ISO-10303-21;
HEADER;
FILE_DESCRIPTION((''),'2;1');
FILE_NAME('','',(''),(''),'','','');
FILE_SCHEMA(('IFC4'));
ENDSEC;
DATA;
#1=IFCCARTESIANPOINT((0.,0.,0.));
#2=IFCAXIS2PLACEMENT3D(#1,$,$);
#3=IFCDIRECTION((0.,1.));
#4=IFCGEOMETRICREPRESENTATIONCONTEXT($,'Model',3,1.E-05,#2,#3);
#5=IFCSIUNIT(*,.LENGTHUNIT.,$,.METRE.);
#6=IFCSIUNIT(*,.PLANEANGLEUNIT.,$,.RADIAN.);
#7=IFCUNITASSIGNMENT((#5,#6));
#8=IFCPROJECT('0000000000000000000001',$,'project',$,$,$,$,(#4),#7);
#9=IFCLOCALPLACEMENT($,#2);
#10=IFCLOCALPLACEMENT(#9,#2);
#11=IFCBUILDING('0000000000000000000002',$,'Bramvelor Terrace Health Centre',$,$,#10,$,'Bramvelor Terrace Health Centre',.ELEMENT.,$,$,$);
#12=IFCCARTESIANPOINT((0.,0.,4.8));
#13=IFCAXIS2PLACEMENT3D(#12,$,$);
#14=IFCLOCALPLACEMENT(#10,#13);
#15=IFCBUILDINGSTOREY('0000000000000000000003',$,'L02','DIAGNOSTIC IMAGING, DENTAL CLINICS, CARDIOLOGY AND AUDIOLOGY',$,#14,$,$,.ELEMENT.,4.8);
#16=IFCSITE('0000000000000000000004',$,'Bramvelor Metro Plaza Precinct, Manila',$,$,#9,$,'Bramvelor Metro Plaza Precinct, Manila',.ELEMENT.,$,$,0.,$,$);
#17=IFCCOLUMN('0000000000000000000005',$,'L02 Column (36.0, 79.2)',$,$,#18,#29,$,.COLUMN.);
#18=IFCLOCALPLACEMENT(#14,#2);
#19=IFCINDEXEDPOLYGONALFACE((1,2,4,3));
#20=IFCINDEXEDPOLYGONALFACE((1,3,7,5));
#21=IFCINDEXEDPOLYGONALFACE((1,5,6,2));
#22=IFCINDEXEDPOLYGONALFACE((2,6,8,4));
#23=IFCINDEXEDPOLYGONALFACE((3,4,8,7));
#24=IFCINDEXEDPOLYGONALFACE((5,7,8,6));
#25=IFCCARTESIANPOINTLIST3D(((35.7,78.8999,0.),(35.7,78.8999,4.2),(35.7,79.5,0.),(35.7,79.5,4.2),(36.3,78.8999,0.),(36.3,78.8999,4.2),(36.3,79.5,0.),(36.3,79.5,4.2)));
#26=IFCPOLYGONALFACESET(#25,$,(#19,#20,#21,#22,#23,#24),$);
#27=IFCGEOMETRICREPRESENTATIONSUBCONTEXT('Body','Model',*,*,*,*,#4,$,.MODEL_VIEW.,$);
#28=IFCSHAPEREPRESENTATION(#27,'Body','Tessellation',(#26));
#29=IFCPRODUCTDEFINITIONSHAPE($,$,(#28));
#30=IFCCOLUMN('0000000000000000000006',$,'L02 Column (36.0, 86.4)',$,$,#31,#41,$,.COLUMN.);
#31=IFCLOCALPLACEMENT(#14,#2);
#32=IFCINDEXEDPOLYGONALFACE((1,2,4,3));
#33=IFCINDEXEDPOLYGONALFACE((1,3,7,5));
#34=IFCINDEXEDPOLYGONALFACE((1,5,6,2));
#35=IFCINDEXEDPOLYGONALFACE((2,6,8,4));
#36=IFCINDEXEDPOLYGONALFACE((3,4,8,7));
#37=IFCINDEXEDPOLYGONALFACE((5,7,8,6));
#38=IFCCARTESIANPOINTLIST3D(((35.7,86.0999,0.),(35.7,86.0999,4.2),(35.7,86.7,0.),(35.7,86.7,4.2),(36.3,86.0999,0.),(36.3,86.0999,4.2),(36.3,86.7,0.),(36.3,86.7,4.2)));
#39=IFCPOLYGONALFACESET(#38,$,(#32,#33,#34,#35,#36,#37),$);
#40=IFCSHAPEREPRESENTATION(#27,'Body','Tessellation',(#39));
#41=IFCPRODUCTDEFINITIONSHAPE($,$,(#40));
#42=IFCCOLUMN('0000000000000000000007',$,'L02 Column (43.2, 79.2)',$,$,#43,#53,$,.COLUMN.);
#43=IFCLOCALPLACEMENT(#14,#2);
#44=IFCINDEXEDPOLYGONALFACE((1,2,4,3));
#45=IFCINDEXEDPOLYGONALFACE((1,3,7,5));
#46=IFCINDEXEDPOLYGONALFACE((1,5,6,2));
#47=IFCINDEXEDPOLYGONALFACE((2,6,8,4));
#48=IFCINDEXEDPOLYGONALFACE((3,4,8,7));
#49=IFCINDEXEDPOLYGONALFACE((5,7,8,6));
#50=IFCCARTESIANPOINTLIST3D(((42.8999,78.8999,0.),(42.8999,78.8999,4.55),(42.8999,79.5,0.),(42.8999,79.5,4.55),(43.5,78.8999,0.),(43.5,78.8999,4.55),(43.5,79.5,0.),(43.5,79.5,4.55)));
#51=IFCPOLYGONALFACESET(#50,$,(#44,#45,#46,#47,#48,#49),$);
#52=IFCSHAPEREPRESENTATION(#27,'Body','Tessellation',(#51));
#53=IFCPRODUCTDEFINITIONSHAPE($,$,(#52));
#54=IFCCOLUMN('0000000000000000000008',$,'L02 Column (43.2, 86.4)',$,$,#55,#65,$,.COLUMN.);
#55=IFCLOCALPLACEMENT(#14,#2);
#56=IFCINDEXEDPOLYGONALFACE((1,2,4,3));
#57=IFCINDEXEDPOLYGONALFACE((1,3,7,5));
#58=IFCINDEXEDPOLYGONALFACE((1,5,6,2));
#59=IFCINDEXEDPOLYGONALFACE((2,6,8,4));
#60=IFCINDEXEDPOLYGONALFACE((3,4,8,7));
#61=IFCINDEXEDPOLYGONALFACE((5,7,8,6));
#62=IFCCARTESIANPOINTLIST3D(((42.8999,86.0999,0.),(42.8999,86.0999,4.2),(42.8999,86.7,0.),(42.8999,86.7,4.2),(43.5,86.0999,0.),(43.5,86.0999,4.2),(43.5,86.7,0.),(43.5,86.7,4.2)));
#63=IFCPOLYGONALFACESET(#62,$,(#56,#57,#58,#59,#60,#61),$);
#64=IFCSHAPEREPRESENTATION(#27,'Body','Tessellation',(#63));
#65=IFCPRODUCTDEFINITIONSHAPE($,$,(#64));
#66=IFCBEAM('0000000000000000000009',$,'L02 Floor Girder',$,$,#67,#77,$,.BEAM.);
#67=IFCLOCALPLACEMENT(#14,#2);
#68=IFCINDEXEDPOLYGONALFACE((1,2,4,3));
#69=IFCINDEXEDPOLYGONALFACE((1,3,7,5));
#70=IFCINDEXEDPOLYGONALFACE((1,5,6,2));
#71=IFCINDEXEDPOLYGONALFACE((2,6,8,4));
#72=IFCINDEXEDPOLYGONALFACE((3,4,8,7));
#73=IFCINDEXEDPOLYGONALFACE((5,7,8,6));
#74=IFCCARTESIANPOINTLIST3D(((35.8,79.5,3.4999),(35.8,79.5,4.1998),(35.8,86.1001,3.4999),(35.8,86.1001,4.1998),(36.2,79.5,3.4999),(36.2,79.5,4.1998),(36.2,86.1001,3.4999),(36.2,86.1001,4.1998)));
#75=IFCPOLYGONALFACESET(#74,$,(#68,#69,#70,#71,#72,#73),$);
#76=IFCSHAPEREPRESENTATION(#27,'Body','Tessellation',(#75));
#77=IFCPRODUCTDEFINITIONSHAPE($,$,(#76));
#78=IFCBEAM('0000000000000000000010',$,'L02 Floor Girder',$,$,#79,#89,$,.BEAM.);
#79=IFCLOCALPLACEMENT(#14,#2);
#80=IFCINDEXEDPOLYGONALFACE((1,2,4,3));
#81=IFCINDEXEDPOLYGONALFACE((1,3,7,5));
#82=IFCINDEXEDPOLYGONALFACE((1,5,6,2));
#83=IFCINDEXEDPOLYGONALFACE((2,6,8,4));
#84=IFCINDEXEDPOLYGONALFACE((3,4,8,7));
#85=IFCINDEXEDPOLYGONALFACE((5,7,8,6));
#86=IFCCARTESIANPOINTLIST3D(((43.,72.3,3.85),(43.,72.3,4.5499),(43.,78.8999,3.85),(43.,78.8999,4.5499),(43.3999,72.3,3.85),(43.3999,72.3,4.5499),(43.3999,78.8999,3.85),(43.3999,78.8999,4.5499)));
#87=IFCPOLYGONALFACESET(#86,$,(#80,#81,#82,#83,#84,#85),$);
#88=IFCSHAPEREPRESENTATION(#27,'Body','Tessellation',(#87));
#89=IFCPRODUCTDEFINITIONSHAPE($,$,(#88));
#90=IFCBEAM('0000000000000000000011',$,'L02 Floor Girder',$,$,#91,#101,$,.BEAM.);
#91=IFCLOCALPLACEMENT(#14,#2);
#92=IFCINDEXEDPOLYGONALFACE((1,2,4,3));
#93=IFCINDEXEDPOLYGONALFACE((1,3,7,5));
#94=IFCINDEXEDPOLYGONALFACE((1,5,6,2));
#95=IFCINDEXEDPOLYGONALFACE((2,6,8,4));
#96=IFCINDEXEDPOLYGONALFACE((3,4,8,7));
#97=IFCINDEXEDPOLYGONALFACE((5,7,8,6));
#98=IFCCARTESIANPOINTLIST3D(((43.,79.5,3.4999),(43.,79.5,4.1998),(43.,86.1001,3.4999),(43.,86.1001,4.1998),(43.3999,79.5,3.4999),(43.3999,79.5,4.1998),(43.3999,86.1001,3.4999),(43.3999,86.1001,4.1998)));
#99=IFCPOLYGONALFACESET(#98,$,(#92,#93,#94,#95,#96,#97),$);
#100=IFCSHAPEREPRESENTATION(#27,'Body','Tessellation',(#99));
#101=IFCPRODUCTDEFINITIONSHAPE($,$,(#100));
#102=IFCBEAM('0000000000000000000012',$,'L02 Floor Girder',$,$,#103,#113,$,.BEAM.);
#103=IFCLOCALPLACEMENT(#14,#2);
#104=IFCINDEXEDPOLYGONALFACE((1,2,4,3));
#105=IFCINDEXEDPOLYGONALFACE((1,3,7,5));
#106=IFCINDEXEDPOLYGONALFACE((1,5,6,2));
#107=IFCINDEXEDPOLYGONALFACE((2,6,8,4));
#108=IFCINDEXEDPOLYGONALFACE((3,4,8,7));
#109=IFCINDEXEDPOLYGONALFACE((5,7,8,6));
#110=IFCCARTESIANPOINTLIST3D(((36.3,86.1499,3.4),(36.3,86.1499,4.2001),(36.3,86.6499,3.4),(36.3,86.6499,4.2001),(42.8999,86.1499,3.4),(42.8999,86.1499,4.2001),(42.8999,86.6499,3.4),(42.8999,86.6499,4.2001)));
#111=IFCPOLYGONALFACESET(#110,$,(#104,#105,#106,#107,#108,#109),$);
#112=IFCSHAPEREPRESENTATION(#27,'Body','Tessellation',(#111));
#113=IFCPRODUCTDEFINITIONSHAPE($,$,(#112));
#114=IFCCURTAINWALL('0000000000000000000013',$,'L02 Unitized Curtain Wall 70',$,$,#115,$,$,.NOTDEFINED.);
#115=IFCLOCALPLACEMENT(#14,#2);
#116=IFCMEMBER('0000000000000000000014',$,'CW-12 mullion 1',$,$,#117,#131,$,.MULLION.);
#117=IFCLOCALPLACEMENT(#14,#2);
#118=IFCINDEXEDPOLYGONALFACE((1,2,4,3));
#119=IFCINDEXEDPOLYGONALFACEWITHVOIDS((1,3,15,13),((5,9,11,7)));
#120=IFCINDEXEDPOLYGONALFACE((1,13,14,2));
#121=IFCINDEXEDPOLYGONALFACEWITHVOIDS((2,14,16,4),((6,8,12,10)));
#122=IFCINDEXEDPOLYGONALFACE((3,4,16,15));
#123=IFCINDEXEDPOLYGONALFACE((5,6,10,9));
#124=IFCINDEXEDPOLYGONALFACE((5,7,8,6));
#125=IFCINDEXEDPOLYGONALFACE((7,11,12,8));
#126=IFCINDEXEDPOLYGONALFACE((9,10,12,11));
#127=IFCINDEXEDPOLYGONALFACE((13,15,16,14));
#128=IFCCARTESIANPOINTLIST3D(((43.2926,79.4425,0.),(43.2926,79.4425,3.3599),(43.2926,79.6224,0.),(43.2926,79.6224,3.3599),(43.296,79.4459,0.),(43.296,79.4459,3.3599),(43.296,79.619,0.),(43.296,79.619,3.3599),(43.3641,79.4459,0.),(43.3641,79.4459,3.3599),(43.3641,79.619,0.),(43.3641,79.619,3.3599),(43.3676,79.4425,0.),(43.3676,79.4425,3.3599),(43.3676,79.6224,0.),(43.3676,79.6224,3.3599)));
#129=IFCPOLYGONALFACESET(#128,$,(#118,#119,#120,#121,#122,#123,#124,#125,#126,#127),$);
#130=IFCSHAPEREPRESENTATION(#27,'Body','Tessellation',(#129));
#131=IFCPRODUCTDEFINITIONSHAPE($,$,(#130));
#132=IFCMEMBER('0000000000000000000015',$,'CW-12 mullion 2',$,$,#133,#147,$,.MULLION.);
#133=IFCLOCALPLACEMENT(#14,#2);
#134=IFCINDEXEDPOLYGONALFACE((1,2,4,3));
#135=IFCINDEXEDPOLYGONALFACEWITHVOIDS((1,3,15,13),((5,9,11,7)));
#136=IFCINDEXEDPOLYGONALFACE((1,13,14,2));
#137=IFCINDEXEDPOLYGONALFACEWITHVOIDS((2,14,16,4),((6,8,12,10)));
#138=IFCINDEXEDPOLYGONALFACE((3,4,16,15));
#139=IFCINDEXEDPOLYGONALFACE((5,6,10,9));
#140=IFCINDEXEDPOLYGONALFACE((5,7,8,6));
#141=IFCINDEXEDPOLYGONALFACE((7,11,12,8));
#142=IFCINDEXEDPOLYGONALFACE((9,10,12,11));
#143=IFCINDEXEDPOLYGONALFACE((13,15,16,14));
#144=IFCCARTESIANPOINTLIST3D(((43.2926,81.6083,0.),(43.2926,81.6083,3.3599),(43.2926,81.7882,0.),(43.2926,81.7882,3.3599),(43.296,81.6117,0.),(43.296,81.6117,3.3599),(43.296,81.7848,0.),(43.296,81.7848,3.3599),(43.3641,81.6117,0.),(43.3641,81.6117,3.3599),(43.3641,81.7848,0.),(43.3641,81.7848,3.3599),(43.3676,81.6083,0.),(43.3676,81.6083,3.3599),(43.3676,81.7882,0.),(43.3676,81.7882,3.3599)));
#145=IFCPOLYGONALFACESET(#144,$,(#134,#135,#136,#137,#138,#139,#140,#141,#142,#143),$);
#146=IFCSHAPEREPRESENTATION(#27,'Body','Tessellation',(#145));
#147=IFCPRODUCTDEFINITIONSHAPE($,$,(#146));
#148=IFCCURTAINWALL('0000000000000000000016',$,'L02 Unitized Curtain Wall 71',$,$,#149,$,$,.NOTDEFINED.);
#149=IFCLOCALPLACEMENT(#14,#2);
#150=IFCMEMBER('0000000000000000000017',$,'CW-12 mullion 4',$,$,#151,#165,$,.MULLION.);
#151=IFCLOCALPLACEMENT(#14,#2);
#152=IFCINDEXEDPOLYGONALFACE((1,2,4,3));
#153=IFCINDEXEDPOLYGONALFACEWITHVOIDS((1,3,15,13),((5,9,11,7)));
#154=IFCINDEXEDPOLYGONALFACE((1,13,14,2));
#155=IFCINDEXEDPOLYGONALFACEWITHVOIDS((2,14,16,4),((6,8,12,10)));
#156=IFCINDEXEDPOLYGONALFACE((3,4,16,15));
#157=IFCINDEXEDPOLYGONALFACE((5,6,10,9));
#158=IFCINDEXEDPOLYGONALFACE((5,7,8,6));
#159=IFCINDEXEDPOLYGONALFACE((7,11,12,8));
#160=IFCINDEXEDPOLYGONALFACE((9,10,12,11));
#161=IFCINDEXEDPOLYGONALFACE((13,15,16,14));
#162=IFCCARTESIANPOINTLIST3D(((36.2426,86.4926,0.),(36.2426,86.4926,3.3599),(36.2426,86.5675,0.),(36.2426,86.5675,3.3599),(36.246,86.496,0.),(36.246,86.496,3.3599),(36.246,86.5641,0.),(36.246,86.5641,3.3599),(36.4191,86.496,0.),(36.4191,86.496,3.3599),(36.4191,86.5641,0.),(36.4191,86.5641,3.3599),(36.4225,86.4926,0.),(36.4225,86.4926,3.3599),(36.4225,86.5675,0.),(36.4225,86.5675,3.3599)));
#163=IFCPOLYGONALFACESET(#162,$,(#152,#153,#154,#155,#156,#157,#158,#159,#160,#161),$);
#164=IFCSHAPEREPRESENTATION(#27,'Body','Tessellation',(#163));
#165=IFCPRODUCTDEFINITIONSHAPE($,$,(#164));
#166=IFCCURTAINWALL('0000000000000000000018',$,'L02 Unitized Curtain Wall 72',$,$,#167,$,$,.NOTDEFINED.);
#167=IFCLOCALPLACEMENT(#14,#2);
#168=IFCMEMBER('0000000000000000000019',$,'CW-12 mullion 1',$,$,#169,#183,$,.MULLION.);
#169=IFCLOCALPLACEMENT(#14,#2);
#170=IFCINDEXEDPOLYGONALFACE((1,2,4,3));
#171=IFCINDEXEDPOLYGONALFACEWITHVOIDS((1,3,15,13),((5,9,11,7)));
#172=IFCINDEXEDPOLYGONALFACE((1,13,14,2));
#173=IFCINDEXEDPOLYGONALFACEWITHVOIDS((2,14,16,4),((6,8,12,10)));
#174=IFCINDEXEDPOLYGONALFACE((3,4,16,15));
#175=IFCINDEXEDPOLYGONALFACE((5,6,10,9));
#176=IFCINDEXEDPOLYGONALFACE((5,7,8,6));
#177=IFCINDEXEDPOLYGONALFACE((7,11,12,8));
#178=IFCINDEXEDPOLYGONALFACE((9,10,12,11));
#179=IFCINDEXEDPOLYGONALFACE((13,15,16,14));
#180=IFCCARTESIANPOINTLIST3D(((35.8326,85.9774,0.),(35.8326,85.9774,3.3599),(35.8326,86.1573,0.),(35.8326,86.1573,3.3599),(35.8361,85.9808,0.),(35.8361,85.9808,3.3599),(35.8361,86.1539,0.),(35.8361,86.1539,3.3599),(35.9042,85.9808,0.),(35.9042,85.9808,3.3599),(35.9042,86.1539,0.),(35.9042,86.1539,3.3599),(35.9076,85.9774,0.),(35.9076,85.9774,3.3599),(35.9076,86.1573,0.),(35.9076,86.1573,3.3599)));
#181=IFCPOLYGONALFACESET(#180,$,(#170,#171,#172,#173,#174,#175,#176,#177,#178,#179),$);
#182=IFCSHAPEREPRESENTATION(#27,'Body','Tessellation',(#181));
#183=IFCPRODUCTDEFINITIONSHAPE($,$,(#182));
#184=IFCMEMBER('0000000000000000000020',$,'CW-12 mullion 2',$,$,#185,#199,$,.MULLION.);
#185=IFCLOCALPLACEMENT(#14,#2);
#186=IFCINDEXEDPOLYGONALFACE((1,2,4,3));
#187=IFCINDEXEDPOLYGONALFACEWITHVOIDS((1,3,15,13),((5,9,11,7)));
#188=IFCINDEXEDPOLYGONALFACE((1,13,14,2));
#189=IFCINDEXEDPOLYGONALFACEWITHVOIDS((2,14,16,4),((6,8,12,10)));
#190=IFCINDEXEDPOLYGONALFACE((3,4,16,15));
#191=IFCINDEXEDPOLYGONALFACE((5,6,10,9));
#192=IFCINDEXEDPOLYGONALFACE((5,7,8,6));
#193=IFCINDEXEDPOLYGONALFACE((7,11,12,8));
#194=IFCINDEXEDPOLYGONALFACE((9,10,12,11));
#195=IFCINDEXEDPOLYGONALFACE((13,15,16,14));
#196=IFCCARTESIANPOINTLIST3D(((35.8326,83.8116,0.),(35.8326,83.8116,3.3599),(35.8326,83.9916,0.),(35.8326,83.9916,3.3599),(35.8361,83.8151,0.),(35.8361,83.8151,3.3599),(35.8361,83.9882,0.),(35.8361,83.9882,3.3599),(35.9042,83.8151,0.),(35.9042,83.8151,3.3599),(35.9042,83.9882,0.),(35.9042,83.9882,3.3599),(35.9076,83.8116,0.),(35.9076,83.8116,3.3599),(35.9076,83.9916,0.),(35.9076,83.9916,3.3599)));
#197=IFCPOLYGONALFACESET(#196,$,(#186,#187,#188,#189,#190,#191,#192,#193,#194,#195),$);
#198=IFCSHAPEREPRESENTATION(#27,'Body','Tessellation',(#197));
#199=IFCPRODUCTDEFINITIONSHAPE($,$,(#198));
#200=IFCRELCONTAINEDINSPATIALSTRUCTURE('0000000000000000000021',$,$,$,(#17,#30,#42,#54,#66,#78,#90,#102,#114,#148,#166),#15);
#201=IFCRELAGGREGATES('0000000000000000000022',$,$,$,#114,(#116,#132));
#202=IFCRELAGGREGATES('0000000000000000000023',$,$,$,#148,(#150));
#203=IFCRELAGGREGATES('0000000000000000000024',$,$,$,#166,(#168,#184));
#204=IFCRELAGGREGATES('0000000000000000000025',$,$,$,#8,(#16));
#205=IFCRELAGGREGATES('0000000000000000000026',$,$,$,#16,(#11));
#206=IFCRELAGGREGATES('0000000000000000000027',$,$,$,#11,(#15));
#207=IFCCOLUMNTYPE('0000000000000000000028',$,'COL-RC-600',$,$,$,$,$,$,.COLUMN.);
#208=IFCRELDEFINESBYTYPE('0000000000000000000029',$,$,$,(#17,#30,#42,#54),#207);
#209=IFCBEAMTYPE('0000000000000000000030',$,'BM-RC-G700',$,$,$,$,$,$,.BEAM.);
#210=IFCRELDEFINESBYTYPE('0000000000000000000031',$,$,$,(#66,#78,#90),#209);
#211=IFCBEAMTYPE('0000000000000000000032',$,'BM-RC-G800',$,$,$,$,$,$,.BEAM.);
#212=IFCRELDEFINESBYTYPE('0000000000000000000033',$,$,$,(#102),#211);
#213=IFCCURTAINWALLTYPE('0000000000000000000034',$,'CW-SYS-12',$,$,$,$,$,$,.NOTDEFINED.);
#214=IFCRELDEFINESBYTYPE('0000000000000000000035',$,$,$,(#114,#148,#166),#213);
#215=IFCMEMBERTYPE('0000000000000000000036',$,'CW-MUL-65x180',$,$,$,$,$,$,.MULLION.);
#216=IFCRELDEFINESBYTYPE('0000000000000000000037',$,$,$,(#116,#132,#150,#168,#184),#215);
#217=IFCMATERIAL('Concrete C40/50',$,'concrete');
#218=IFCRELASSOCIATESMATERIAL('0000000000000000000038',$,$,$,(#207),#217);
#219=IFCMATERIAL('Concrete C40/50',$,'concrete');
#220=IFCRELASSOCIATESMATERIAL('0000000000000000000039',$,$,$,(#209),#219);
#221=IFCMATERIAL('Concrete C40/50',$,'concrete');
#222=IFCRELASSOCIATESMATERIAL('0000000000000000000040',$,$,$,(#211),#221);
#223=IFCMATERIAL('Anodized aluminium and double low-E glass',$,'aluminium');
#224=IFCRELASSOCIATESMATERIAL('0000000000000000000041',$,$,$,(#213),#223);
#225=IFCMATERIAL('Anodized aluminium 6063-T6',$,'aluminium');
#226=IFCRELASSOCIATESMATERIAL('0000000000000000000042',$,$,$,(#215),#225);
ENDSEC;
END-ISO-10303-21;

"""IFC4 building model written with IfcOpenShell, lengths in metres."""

from ifc_helpers import new_model, si_unit, direction, frame, origin, origin_2d, place, context, subcontext, project, spatial, rectangle, hollow_rectangle, extrude, material, material_profile, profile_set, type_object, element, aggregate, save


model = new_model("IFC4")

# Units and contexts
model_context = context("Model", 3, precision=1e-05, world=origin(), true_north=direction((0.0, 1.0)))
body_context = subcontext(model_context, "Body", "Model", "MODEL_VIEW")
ifc_project = project(units=[si_unit("LENGTHUNIT", "METRE"), si_unit("PLANEANGLEUNIT", "RADIAN")], contexts=[model_context])

# Site, building, storey
site_placement = place(None, origin())
site = spatial("IfcSite", under=ifc_project, at=site_placement, Name="Bramvelor Metro Plaza Precinct, Manila", LongName="Bramvelor Metro Plaza Precinct, Manila", CompositionType="ELEMENT", RefElevation=0.0)
building_placement = place(site_placement, origin())
building = spatial("IfcBuilding", under=site, at=building_placement, Name="Bramvelor Terrace Health Centre", LongName="Bramvelor Terrace Health Centre", CompositionType="ELEMENT")
storey_placement = place(building_placement, frame((0.0, 0.0, 4.8)))
storey = spatial("IfcBuildingStorey", under=building, at=storey_placement, Name="L02", Description="DIAGNOSTIC IMAGING, DENTAL CLINICS, CARDIOLOGY AND AUDIOLOGY", CompositionType="ELEMENT", Elevation=4.8)

# Columns
ifc_material_1 = material(Name="Concrete C40/50", Category="concrete")
ifc_material_profile_1 = material_profile(ifc_material_1, rectangle(XDim=0.6001, YDim=0.6001, at=origin_2d()), Name="RC 600x600")
ifc_profile_set_1 = profile_set([ifc_material_profile_1], Name="Concrete C40/50")
column_type = type_object("IfcColumnType", Name="COL-RC-600", PredefinedType="COLUMN", material=ifc_profile_set_1)
for number, where, z_axis, x_axis, name in (
    (1, (36.0, 79.2, 0.0), (0.0, 0.0, 1.0), (1.0, 0.0, 0.0), "L02 Column (36.0, 79.2)"),
    (2, (36.0, 86.3999, 0.0), (0.0, 0.0, 1.0), (1.0, 0.0, 0.0), "L02 Column (36.0, 86.4)"),
):
    element("IfcColumn", number, at=place(storey_placement, frame(where, z_axis=z_axis, x_axis=x_axis)), inside=storey, type_object=column_type, Name=name, PredefinedType="COLUMN", context=body_context, shape_type="SweptSolid", body=[
        extrude(rectangle(XDim=0.6001, YDim=0.6001, at=origin_2d()), origin(), (0.0, 0.0, 1.0), 4.2),
    ])
column_1_placement = place(storey_placement, frame((43.2, 79.2, 0.0), z_axis=(0.0, 0.0, 1.0), x_axis=(1.0, 0.0, 0.0)))
element("IfcColumn", 3, at=column_1_placement, inside=storey, type_object=column_type, Name="L02 Column (43.2, 79.2)", PredefinedType="COLUMN", context=body_context, shape_type="SweptSolid", body=[
    extrude(rectangle(XDim=0.6001, YDim=0.6001, at=origin_2d()), origin(), (0.0, 0.0, 1.0), 4.55),
])
column_2_placement = place(storey_placement, frame((43.2, 86.3999, 0.0), z_axis=(0.0, 0.0, 1.0), x_axis=(1.0, 0.0, 0.0)))
element("IfcColumn", 4, at=column_2_placement, inside=storey, type_object=column_type, Name="L02 Column (43.2, 86.4)", PredefinedType="COLUMN", context=body_context, shape_type="SweptSolid", body=[
    extrude(rectangle(XDim=0.6001, YDim=0.6001, at=origin_2d()), origin(), (0.0, 0.0, 1.0), 4.2),
])

# Beams
ifc_material_2 = material(Name="Concrete C40/50", Category="concrete")
ifc_material_profile_2 = material_profile(ifc_material_2, rectangle(XDim=0.3999, YDim=0.7, at=origin_2d()), Name="RC 400x700")
ifc_profile_set_2 = profile_set([ifc_material_profile_2], Name="Concrete C40/50")
beam_type_1 = type_object("IfcBeamType", Name="BM-RC-G700", PredefinedType="BEAM", material=ifc_profile_set_2)
beam_1_placement = place(storey_placement, frame((36.0, 79.5, 3.8499), z_axis=(0.0, 1.0, 0.0), x_axis=(-1.0, 0.0, 0.0)))
element("IfcBeam", 5, at=beam_1_placement, inside=storey, type_object=beam_type_1, Name="L02 Floor Girder", PredefinedType="BEAM", context=body_context, shape_type="SweptSolid", body=[
    extrude(rectangle(XDim=0.3999, YDim=0.7, at=origin_2d()), origin(), (0.0, 0.0, 1.0), 6.6001),
])
beam_2_placement = place(storey_placement, frame((43.2, 72.3, 4.2), z_axis=(0.0, 1.0, 0.0), x_axis=(-1.0, 0.0, 0.0)))
element("IfcBeam", 6, at=beam_2_placement, inside=storey, type_object=beam_type_1, Name="L02 Floor Girder", PredefinedType="BEAM", context=body_context, shape_type="SweptSolid", body=[
    extrude(rectangle(XDim=0.3999, YDim=0.7, at=origin_2d()), origin(), (0.0, 0.0, 1.0), 6.5999),
])
beam_3_placement = place(storey_placement, frame((43.2, 79.5, 3.8499), z_axis=(0.0, 1.0, 0.0), x_axis=(-1.0, 0.0, 0.0)))
element("IfcBeam", 7, at=beam_3_placement, inside=storey, type_object=beam_type_1, Name="L02 Floor Girder", PredefinedType="BEAM", context=body_context, shape_type="SweptSolid", body=[
    extrude(rectangle(XDim=0.3999, YDim=0.7, at=origin_2d()), origin(), (0.0, 0.0, 1.0), 6.6001),
])
ifc_material_3 = material(Name="Concrete C40/50", Category="concrete")
ifc_material_profile_3 = material_profile(ifc_material_3, rectangle(XDim=0.5, YDim=0.8, at=origin_2d()), Name="RC 500x800")
ifc_profile_set_3 = profile_set([ifc_material_profile_3], Name="Concrete C40/50")
beam_type_2 = type_object("IfcBeamType", Name="BM-RC-G800", PredefinedType="BEAM", material=ifc_profile_set_3)
beam_4_placement = place(storey_placement, frame((36.3, 86.3999, 3.8), z_axis=(1.0, 0.0, 0.0), x_axis=(0.0, 1.0, 0.0)))
element("IfcBeam", 8, at=beam_4_placement, inside=storey, type_object=beam_type_2, Name="L02 Floor Girder", PredefinedType="BEAM", context=body_context, shape_type="SweptSolid", body=[
    extrude(rectangle(XDim=0.5, YDim=0.8, at=origin_2d()), origin(), (0.0, 0.0, 1.0), 6.5999),
])

# Curtain wall, members
ifc_material_4 = material(Name="Anodized aluminium and double low-E glass", Category="aluminium")
curtain_wall_type = type_object("IfcCurtainWallType", Name="CW-SYS-12", PredefinedType="NOTDEFINED", material=ifc_material_4)
curtain_wall_1_placement = place(storey_placement, origin())
curtain_wall_1 = element("IfcCurtainWall", 9, at=curtain_wall_1_placement, inside=storey, type_object=curtain_wall_type, Name="L02 Unitized Curtain Wall 70", PredefinedType="NOTDEFINED")
ifc_material_5 = material(Name="Anodized aluminium 6063-T6", Category="aluminium")
ifc_material_profile_4 = material_profile(ifc_material_5, hollow_rectangle(XDim=0.075, YDim=0.1799, WallThickness=0.0034, at=origin_2d()), Name="ALU-MUL 75x180x3.5")
ifc_profile_set_4 = profile_set([ifc_material_profile_4], Name="Anodized aluminium 6063-T6")
member_type_1 = type_object("IfcMemberType", Name="CW-MUL-65x180", PredefinedType="MULLION", material=ifc_profile_set_4)
member_1_placement = place(storey_placement, frame((43.3301, 79.5325, 0.0), z_axis=(0.0, 0.0, 1.0), x_axis=(-1.0, 0.0, 0.0)))
member_1 = element("IfcMember", 10, at=member_1_placement, type_object=member_type_1, Name="CW-12 mullion 1", PredefinedType="MULLION", context=body_context, shape_type="SweptSolid", body=[
    extrude(hollow_rectangle(XDim=0.075, YDim=0.1799, WallThickness=0.0034, at=origin_2d()), origin(), (0.0, 0.0, 1.0), 3.3599),
])
member_2_placement = place(storey_placement, frame((43.3301, 81.6982, 0.0), z_axis=(0.0, 0.0, 1.0), x_axis=(-1.0, 0.0, 0.0)))
member_2 = element("IfcMember", 11, at=member_2_placement, type_object=member_type_1, Name="CW-12 mullion 2", PredefinedType="MULLION", context=body_context, shape_type="SweptSolid", body=[
    extrude(hollow_rectangle(XDim=0.075, YDim=0.1799, WallThickness=0.0034, at=origin_2d()), origin(), (0.0, 0.0, 1.0), 3.3599),
])

# Curtain wall, member
curtain_wall_2_placement = place(storey_placement, origin())
curtain_wall_2 = element("IfcCurtainWall", 12, at=curtain_wall_2_placement, inside=storey, type_object=curtain_wall_type, Name="L02 Unitized Curtain Wall 71", PredefinedType="NOTDEFINED")
member_3_placement = place(storey_placement, frame((36.3325, 86.53, 0.0), z_axis=(0.0, 0.0, 1.0), x_axis=(0.0, -1.0, 0.0)))
member_3 = element("IfcMember", 13, at=member_3_placement, type_object=member_type_1, Name="CW-12 mullion 4", PredefinedType="MULLION", context=body_context, shape_type="SweptSolid", body=[
    extrude(hollow_rectangle(XDim=0.075, YDim=0.1799, WallThickness=0.0034, at=origin_2d()), origin(), (0.0, 0.0, 1.0), 3.3599),
])

# Curtain wall, members
curtain_wall_3_placement = place(storey_placement, origin())
curtain_wall_3 = element("IfcCurtainWall", 14, at=curtain_wall_3_placement, inside=storey, type_object=curtain_wall_type, Name="L02 Unitized Curtain Wall 72", PredefinedType="NOTDEFINED")
member_4_placement = place(storey_placement, frame((35.8701, 86.0674, 0.0), z_axis=(0.0, 0.0, 1.0), x_axis=(1.0, 0.0, 0.0)))
member_4 = element("IfcMember", 15, at=member_4_placement, type_object=member_type_1, Name="CW-12 mullion 1", PredefinedType="MULLION", context=body_context, shape_type="SweptSolid", body=[
    extrude(hollow_rectangle(XDim=0.075, YDim=0.1799, WallThickness=0.0034, at=origin_2d()), origin(), (0.0, 0.0, 1.0), 3.3599),
])
member_5_placement = place(storey_placement, frame((35.8701, 83.9016, 0.0), z_axis=(0.0, 0.0, 1.0), x_axis=(1.0, 0.0, 0.0)))
member_5 = element("IfcMember", 16, at=member_5_placement, type_object=member_type_1, Name="CW-12 mullion 2", PredefinedType="MULLION", context=body_context, shape_type="SweptSolid", body=[
    extrude(hollow_rectangle(XDim=0.075, YDim=0.1799, WallThickness=0.0034, at=origin_2d()), origin(), (0.0, 0.0, 1.0), 3.3599),
])

aggregate(curtain_wall_1, [member_1, member_2])
aggregate(curtain_wall_2, [member_3])
aggregate(curtain_wall_3, [member_4, member_5])

save(model, "model.ifc")
